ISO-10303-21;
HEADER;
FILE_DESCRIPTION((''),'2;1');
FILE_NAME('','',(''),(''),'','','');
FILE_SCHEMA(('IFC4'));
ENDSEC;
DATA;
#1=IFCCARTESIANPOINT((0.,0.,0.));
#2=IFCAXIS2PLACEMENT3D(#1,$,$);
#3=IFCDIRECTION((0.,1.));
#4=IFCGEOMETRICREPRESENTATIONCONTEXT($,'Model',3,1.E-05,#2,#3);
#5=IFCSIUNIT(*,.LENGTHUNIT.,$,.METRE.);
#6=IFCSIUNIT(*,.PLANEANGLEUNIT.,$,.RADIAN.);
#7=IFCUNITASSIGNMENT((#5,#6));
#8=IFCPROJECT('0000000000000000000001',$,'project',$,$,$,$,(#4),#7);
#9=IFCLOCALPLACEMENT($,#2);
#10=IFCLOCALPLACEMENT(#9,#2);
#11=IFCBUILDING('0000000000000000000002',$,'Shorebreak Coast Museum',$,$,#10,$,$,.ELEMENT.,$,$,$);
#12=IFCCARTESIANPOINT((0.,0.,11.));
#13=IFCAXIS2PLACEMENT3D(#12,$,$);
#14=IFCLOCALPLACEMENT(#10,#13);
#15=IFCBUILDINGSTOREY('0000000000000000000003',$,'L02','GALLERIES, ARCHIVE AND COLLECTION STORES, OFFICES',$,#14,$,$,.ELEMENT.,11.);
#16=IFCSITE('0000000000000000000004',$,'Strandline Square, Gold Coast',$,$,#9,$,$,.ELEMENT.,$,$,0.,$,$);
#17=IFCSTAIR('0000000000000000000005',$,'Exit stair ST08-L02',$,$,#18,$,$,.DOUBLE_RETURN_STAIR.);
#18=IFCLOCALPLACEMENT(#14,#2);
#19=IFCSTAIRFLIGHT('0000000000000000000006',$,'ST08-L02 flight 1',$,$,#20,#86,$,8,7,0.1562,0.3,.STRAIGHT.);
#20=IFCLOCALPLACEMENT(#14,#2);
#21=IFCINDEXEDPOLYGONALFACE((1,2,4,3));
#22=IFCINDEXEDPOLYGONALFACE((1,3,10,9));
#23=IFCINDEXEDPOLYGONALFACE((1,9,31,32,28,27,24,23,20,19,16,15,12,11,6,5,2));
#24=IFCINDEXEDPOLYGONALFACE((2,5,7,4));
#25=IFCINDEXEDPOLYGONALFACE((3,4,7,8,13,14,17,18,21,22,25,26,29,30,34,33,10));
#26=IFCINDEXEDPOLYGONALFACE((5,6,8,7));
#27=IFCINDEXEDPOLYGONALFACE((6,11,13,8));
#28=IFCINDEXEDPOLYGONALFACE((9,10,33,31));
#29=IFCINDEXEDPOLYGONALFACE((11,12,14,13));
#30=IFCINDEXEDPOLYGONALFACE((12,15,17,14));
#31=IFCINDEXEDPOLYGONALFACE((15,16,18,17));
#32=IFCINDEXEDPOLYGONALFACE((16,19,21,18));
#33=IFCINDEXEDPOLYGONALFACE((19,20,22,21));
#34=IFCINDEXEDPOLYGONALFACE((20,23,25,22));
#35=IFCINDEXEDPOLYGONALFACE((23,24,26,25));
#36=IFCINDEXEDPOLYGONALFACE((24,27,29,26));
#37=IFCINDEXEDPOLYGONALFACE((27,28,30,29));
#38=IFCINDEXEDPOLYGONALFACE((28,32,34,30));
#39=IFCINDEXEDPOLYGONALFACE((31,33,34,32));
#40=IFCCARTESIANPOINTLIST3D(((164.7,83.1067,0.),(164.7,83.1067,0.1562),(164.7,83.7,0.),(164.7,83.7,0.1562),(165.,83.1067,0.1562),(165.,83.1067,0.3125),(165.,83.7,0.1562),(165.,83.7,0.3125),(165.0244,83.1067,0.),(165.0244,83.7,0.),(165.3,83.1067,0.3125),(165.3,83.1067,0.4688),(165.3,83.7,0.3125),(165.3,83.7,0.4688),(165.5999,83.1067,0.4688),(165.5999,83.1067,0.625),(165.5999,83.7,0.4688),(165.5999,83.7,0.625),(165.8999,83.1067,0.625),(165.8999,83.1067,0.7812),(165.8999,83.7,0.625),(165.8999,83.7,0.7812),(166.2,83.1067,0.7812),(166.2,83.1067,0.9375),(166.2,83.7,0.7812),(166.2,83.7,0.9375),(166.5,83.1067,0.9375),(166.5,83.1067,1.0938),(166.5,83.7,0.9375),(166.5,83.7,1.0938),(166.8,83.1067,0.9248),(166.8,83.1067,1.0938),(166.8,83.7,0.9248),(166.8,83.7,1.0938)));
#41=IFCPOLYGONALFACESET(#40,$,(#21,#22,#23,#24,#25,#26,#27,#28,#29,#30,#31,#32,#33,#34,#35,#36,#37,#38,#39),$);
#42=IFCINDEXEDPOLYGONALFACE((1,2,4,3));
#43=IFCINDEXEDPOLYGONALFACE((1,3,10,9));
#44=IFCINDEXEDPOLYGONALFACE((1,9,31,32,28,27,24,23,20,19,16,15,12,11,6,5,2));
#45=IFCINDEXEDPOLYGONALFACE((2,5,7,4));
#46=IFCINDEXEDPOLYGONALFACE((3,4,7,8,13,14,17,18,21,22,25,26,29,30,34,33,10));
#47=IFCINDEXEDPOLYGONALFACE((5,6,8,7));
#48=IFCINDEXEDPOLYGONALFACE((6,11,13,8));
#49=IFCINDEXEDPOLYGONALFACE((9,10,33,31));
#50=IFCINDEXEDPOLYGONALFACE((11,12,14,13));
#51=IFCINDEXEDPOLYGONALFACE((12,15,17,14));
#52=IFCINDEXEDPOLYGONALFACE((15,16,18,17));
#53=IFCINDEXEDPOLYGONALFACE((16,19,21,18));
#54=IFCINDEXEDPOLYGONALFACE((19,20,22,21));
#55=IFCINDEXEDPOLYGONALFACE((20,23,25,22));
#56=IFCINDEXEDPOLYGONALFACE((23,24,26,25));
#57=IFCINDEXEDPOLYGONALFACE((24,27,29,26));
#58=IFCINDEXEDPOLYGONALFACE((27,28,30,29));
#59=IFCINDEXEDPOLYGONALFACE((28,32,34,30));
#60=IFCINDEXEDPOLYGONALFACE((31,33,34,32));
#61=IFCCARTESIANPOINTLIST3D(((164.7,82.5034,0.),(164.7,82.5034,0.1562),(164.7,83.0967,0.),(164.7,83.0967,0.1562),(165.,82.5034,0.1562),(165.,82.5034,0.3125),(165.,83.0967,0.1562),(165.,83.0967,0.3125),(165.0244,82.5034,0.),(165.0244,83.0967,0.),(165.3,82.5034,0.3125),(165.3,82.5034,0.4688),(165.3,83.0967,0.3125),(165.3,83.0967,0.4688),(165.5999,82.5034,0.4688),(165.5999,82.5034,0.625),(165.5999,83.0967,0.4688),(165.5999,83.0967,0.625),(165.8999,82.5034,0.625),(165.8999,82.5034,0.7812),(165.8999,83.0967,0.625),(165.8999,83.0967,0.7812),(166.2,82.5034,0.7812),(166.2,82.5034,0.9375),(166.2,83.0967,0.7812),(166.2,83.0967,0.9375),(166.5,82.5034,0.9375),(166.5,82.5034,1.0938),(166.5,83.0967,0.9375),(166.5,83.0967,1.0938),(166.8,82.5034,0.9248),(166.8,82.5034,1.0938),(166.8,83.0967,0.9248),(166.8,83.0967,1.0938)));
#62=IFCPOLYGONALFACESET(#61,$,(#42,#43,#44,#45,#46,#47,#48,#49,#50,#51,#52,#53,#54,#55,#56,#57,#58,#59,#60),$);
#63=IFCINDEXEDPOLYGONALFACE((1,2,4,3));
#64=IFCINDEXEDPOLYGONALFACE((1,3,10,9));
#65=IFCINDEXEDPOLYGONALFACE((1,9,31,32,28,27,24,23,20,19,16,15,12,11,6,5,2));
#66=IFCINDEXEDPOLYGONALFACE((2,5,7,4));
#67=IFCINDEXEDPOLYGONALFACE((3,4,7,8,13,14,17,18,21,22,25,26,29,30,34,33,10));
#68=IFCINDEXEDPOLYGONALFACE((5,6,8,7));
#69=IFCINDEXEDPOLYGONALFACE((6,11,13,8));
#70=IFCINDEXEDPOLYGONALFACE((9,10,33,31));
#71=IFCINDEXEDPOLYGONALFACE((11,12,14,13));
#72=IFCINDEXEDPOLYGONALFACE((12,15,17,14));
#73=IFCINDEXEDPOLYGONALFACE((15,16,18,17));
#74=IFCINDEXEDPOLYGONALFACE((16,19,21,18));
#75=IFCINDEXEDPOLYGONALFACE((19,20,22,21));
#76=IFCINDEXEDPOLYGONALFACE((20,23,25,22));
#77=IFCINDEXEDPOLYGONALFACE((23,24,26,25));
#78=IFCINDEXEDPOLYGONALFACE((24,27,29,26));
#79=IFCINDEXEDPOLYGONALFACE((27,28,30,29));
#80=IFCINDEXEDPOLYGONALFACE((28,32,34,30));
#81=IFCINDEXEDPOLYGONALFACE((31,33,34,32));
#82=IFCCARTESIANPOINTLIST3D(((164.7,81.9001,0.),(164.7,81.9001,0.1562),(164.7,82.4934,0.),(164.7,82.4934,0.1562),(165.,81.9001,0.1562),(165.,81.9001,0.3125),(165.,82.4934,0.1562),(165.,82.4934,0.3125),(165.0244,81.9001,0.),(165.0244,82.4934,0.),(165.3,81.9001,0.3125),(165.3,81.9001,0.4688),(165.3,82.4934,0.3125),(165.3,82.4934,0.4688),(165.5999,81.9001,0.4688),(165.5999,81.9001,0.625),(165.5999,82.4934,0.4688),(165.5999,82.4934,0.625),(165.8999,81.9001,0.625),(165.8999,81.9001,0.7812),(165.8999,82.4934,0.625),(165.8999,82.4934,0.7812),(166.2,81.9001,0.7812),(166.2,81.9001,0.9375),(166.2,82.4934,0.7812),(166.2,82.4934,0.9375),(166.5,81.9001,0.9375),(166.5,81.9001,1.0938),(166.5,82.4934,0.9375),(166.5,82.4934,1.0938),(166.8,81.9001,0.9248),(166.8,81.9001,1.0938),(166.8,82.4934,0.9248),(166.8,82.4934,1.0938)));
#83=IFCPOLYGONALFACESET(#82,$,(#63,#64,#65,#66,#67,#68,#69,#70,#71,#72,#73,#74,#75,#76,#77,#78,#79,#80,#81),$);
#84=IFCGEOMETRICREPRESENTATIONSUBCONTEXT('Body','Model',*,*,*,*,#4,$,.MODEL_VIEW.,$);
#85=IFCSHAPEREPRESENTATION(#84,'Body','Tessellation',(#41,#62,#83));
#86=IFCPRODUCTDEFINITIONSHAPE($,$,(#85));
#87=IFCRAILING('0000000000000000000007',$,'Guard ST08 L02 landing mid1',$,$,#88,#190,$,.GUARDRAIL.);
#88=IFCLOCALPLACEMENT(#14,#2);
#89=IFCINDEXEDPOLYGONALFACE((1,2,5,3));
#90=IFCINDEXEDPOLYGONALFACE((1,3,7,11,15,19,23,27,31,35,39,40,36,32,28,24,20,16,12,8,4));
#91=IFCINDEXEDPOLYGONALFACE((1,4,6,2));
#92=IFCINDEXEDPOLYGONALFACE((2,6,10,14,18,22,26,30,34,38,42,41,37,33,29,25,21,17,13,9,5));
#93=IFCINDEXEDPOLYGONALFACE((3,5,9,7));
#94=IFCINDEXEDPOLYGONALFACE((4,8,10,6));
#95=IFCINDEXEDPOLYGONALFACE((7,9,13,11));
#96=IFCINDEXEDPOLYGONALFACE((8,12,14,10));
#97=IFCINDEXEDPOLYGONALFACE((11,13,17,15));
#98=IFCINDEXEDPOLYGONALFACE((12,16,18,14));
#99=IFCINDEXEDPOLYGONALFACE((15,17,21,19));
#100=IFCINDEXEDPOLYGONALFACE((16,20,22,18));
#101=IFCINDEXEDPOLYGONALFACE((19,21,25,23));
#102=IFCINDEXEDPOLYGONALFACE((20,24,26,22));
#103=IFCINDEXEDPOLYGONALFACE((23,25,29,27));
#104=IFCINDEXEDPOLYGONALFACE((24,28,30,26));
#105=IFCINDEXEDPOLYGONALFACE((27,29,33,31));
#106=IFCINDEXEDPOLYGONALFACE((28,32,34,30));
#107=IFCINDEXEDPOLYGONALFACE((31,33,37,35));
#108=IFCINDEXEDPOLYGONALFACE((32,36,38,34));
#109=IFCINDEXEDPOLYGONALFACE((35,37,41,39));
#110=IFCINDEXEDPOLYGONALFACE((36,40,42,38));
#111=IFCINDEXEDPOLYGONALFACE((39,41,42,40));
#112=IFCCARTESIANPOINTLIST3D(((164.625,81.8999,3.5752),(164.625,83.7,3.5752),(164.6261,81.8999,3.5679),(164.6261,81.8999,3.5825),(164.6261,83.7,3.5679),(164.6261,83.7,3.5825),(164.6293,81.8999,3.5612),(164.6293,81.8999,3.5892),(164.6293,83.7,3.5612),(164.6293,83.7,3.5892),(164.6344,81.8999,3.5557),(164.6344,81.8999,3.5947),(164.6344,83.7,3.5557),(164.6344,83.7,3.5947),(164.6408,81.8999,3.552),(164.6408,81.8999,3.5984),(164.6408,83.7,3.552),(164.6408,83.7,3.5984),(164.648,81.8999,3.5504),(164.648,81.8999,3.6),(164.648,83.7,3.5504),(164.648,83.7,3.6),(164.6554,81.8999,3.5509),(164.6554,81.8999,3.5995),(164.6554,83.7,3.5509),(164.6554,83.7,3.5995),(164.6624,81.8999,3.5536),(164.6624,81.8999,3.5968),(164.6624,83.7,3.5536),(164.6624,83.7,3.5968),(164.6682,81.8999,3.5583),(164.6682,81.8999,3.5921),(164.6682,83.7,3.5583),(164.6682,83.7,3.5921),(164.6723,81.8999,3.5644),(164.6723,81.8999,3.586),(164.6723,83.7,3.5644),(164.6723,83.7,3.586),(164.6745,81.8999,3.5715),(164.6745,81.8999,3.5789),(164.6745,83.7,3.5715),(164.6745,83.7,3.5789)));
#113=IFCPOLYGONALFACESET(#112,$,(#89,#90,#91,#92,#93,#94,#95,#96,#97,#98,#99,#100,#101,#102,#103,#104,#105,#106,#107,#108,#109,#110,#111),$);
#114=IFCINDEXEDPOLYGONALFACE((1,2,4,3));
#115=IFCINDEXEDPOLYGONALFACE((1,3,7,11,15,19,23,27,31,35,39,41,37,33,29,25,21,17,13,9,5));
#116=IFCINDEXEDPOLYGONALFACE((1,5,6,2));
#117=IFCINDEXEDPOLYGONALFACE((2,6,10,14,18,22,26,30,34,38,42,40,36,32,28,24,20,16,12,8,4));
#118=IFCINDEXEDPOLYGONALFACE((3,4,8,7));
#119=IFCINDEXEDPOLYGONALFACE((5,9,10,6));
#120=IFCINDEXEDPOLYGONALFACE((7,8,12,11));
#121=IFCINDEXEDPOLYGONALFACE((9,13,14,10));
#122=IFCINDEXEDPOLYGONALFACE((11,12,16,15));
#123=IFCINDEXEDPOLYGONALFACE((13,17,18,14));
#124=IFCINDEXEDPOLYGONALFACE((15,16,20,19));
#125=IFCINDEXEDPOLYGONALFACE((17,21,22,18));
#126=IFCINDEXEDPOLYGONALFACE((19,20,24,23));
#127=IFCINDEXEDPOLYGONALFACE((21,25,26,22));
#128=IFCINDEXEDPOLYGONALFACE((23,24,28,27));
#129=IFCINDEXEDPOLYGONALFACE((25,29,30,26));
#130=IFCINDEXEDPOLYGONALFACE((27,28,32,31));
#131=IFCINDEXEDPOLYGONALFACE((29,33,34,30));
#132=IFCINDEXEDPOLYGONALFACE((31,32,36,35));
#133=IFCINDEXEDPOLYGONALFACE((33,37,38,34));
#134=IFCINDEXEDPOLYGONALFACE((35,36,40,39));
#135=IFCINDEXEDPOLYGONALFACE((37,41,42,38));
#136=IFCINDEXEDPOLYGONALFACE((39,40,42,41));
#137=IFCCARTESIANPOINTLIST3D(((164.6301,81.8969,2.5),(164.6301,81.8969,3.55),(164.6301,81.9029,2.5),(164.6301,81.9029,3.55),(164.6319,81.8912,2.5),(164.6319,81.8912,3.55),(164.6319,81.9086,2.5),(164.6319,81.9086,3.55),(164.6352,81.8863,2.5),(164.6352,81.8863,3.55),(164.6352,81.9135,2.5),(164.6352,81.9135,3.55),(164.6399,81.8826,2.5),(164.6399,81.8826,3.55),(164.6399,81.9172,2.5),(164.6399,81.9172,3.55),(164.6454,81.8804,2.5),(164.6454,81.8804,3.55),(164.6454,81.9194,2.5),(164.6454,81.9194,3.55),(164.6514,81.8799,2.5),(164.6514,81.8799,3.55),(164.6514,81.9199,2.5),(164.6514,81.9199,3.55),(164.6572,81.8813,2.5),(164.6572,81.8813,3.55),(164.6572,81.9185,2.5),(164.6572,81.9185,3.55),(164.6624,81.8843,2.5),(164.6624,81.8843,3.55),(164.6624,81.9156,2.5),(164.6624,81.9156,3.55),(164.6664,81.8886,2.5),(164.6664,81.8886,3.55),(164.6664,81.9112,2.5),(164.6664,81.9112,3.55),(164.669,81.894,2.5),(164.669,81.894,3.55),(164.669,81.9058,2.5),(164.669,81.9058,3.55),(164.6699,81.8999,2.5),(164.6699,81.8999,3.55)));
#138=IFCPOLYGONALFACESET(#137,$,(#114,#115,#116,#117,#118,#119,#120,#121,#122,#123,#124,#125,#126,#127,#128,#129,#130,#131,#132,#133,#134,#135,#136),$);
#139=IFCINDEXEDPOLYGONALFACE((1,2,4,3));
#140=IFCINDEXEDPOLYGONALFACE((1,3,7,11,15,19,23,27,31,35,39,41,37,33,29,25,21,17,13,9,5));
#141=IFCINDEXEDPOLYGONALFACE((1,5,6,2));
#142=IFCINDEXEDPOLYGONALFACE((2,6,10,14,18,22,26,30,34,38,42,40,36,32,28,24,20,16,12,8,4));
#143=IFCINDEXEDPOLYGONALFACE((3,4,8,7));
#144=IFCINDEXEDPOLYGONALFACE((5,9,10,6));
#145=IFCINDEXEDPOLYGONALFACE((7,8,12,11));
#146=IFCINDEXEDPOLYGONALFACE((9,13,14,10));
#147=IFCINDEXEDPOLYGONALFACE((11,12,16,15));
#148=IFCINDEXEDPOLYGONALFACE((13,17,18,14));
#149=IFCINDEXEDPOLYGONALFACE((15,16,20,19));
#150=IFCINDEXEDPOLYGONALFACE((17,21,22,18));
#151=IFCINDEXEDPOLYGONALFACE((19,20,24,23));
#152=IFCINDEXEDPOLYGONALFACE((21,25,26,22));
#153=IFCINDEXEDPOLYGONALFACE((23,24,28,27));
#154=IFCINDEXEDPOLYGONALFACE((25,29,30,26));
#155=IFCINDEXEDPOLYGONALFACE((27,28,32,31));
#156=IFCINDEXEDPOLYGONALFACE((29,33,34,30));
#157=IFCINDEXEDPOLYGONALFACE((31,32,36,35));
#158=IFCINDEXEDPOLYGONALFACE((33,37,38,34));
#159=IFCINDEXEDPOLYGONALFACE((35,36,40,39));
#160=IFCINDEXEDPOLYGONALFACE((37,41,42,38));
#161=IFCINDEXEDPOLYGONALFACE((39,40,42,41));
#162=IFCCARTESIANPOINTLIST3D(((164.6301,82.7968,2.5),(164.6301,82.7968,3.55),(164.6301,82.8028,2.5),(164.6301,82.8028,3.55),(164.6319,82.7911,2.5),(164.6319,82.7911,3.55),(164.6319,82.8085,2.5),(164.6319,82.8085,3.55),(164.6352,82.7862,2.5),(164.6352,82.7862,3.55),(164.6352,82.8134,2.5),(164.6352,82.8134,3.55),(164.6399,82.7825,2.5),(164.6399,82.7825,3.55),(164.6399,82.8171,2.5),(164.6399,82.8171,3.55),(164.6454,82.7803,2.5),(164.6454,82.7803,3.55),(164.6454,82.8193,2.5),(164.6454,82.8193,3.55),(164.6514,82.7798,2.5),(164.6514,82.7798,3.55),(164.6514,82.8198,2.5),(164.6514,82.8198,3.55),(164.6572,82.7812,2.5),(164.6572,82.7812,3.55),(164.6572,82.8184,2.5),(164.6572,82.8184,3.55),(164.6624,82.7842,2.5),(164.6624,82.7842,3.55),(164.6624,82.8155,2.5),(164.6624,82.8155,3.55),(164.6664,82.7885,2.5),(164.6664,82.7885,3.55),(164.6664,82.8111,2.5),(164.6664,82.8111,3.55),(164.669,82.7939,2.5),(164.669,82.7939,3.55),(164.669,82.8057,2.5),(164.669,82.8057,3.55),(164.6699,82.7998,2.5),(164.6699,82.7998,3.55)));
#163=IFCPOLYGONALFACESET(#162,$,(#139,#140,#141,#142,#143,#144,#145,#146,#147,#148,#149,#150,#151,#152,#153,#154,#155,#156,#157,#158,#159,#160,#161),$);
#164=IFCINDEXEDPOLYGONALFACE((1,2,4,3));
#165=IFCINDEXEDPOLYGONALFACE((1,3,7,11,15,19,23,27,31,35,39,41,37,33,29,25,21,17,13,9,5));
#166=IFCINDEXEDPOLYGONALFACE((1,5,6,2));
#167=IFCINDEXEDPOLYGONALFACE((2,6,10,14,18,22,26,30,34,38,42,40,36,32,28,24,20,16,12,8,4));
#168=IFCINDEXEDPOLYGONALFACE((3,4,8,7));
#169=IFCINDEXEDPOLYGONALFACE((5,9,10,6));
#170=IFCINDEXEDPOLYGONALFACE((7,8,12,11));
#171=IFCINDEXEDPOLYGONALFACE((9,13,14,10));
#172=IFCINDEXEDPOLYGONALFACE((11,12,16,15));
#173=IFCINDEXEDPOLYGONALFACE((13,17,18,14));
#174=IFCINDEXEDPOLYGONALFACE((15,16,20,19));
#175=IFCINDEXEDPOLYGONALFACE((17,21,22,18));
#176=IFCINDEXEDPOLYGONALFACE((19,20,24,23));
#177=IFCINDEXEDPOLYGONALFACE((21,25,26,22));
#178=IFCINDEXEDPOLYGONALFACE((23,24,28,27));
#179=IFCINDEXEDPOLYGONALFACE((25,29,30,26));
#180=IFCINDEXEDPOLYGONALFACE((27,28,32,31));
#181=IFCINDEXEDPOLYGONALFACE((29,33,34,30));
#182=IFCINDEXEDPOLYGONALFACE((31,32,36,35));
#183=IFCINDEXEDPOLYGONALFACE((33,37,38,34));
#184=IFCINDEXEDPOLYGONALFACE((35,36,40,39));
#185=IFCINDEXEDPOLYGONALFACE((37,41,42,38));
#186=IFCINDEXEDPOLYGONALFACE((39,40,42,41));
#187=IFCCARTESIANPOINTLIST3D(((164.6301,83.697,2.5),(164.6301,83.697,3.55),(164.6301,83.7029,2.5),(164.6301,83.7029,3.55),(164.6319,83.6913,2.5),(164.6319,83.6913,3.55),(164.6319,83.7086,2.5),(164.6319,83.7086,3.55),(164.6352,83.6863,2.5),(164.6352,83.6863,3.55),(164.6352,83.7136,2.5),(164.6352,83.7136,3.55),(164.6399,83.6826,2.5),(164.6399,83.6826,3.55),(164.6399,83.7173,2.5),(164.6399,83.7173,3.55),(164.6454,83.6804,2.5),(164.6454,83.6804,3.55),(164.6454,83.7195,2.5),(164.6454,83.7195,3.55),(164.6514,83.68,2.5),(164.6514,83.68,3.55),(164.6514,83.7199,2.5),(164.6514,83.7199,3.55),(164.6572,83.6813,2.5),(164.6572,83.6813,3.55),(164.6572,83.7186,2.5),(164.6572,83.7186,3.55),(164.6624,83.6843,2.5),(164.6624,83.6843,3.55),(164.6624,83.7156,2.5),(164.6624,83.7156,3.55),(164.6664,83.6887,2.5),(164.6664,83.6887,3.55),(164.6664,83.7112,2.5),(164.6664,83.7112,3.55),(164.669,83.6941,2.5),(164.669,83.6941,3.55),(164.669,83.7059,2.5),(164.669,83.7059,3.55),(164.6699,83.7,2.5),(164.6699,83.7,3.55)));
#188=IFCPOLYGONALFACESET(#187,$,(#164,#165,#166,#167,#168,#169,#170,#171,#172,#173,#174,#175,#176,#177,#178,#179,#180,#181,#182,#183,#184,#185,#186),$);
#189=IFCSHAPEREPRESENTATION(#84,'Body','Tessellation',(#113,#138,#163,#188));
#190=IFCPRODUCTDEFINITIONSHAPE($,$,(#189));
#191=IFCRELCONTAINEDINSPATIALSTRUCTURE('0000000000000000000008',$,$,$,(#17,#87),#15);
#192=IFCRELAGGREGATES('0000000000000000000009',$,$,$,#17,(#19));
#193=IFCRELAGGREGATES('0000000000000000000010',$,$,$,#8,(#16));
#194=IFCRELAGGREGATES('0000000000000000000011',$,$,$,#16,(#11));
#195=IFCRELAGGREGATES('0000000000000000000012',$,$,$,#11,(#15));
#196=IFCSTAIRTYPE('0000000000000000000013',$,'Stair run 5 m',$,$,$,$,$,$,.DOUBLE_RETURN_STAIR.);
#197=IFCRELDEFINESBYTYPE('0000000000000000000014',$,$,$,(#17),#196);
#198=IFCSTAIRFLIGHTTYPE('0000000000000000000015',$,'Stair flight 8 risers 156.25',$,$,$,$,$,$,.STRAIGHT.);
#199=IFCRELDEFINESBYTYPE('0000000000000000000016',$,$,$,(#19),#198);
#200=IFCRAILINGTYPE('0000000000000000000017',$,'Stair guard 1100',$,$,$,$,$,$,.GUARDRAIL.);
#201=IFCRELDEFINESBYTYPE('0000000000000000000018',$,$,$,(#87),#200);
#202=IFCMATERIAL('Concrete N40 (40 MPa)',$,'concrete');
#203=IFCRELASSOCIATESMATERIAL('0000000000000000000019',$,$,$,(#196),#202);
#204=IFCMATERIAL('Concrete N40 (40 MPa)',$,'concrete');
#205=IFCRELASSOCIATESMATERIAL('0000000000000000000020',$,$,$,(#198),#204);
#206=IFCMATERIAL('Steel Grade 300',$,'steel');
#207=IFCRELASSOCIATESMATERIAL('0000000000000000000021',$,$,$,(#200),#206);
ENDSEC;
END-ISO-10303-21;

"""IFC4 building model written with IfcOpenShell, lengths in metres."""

from ifc_helpers import new_model, si_unit, direction, frame, origin, origin_2d, place, context, subcontext, project, spatial, polyline, circle, outline, extrude, material, type_object, element, aggregate, save


model = new_model("IFC4")

# Units and contexts
model_context = context("Model", 3, precision=1e-05, world=origin(), true_north=direction((0.0, 1.0)))
body_context = subcontext(model_context, "Body", "Model", "MODEL_VIEW")
ifc_project = project(units=[si_unit("LENGTHUNIT", "METRE"), si_unit("PLANEANGLEUNIT", "RADIAN")], contexts=[model_context])

# Site, building, storey
site_placement = place(None, origin())
site = spatial("IfcSite", under=ifc_project, at=site_placement, Name="Strandline Square, Gold Coast", CompositionType="ELEMENT", RefElevation=0.0)
building_placement = place(site_placement, origin())
building = spatial("IfcBuilding", under=site, at=building_placement, Name="Shorebreak Coast Museum", CompositionType="ELEMENT")
storey_placement = place(building_placement, frame((0.0, 0.0, 11.0)))
storey = spatial("IfcBuildingStorey", under=building, at=storey_placement, Name="L02", Description="GALLERIES, ARCHIVE AND COLLECTION STORES, OFFICES", CompositionType="ELEMENT", Elevation=11.0)

# Stair, stair flight
ifc_material_1 = material(Name="Concrete N40 (40 MPa)", Category="concrete")
stair_type = type_object("IfcStairType", Name="Stair run 5 m", PredefinedType="DOUBLE_RETURN_STAIR", material=ifc_material_1)
stair_placement = place(storey_placement, origin())
stair = element("IfcStair", 1, at=stair_placement, inside=storey, type_object=stair_type, Name="Exit stair ST08-L02", PredefinedType="DOUBLE_RETURN_STAIR")
ifc_material_2 = material(Name="Concrete N40 (40 MPa)", Category="concrete")
stair_flight_type = type_object("IfcStairFlightType", Name="Stair flight 8 risers 156.25", PredefinedType="STRAIGHT", material=ifc_material_2)
stair_flight_placement = place(storey_placement, frame((164.7, 82.8, 0.0), z_axis=(0.0, 0.0, 1.0), x_axis=(1.0, 0.0, 0.0)))
stair_flight = element("IfcStairFlight", 2, at=stair_flight_placement, type_object=stair_flight_type, Name="ST08-L02 flight 1", NumberOfRisers=8, NumberOfTreads=7, PredefinedType="STRAIGHT", RiserHeight=0.1562, TreadLength=0.3, context=body_context, shape_type="SweptSolid", body=[
    extrude(outline(polyline([(0.0, 0.0), (0.0, 0.1562), (0.3, 0.1562), (0.3, 0.3125), (0.6001, 0.3125), (0.6001, 0.4688), (0.8999, 0.4688), (0.8999, 0.625), (1.2, 0.625), (1.2, 0.7812), (1.5, 0.7812), (1.5, 0.9375), (1.8, 0.9375), (1.8, 1.0938), (2.1001, 1.0938), (2.1001, 1.25), (2.1001, 0.9248), (0.3245, 0.0), (0.0, 0.0)])), frame((0.0, 0.8999, 0.0), z_axis=(0.0, -1.0, 0.0), x_axis=(1.0, 0.0, 0.0)), (0.0, 0.0, 1.0), 0.5933),
    extrude(outline(polyline([(0.0, 0.0), (0.0, 0.1562), (0.3, 0.1562), (0.3, 0.3125), (0.6001, 0.3125), (0.6001, 0.4688), (0.8999, 0.4688), (0.8999, 0.625), (1.2, 0.625), (1.2, 0.7812), (1.5, 0.7812), (1.5, 0.9375), (1.8, 0.9375), (1.8, 1.0938), (2.1001, 1.0938), (2.1001, 1.25), (2.1001, 0.9248), (0.3245, 0.0), (0.0, 0.0)])), frame((0.0, 0.2966, 0.0), z_axis=(0.0, -1.0, 0.0), x_axis=(1.0, 0.0, 0.0)), (0.0, 0.0, 1.0), 0.5933),
    extrude(outline(polyline([(0.0, 0.0), (0.0, 0.1562), (0.3, 0.1562), (0.3, 0.3125), (0.6001, 0.3125), (0.6001, 0.4688), (0.8999, 0.4688), (0.8999, 0.625), (1.2, 0.625), (1.2, 0.7812), (1.5, 0.7812), (1.5, 0.9375), (1.8, 0.9375), (1.8, 1.0938), (2.1001, 1.0938), (2.1001, 1.25), (2.1001, 0.9248), (0.3245, 0.0), (0.0, 0.0)])), frame((0.0, -0.3066, 0.0), z_axis=(0.0, -1.0, 0.0), x_axis=(1.0, 0.0, 0.0)), (0.0, 0.0, 1.0), 0.5933),
])
aggregate(stair, [stair_flight])

# Railing
ifc_material_3 = material(Name="Steel Grade 300", Category="steel")
railing_type_1 = type_object("IfcRailingType", Name="Stair guard 1100", PredefinedType="GUARDRAIL", material=ifc_material_3)
for number, where, name in (
    (3, (164.6499, 81.8999, 2.5), "Guard ST08 L02 landing mid1"),
):
    element("IfcRailing", number, at=place(storey_placement, frame(where)), inside=storey, type_object=railing_type_1, Name=name, PredefinedType="GUARDRAIL", context=body_context, shape_type="SweptSolid", body=[
        extrude(circle(Radius=0.0249, at=origin_2d()), frame((0.0, 0.0, 1.0752), z_axis=(0.0, 1.0, 0.0), x_axis=(-1.0, 0.0, 0.0)), (0.0, 0.0, 1.0), 1.8),
        extrude(circle(Radius=0.02, at=origin_2d()), origin(), (0.0, 0.0, 1.0), 1.05),
        extrude(circle(Radius=0.02, at=origin_2d()), frame((0.0, 0.8999, 0.0)), (0.0, 0.0, 1.0), 1.05),
        extrude(circle(Radius=0.02, at=origin_2d()), frame((0.0, 1.8, 0.0)), (0.0, 0.0, 1.0), 1.05),
    ])

save(model, "model.ifc")
